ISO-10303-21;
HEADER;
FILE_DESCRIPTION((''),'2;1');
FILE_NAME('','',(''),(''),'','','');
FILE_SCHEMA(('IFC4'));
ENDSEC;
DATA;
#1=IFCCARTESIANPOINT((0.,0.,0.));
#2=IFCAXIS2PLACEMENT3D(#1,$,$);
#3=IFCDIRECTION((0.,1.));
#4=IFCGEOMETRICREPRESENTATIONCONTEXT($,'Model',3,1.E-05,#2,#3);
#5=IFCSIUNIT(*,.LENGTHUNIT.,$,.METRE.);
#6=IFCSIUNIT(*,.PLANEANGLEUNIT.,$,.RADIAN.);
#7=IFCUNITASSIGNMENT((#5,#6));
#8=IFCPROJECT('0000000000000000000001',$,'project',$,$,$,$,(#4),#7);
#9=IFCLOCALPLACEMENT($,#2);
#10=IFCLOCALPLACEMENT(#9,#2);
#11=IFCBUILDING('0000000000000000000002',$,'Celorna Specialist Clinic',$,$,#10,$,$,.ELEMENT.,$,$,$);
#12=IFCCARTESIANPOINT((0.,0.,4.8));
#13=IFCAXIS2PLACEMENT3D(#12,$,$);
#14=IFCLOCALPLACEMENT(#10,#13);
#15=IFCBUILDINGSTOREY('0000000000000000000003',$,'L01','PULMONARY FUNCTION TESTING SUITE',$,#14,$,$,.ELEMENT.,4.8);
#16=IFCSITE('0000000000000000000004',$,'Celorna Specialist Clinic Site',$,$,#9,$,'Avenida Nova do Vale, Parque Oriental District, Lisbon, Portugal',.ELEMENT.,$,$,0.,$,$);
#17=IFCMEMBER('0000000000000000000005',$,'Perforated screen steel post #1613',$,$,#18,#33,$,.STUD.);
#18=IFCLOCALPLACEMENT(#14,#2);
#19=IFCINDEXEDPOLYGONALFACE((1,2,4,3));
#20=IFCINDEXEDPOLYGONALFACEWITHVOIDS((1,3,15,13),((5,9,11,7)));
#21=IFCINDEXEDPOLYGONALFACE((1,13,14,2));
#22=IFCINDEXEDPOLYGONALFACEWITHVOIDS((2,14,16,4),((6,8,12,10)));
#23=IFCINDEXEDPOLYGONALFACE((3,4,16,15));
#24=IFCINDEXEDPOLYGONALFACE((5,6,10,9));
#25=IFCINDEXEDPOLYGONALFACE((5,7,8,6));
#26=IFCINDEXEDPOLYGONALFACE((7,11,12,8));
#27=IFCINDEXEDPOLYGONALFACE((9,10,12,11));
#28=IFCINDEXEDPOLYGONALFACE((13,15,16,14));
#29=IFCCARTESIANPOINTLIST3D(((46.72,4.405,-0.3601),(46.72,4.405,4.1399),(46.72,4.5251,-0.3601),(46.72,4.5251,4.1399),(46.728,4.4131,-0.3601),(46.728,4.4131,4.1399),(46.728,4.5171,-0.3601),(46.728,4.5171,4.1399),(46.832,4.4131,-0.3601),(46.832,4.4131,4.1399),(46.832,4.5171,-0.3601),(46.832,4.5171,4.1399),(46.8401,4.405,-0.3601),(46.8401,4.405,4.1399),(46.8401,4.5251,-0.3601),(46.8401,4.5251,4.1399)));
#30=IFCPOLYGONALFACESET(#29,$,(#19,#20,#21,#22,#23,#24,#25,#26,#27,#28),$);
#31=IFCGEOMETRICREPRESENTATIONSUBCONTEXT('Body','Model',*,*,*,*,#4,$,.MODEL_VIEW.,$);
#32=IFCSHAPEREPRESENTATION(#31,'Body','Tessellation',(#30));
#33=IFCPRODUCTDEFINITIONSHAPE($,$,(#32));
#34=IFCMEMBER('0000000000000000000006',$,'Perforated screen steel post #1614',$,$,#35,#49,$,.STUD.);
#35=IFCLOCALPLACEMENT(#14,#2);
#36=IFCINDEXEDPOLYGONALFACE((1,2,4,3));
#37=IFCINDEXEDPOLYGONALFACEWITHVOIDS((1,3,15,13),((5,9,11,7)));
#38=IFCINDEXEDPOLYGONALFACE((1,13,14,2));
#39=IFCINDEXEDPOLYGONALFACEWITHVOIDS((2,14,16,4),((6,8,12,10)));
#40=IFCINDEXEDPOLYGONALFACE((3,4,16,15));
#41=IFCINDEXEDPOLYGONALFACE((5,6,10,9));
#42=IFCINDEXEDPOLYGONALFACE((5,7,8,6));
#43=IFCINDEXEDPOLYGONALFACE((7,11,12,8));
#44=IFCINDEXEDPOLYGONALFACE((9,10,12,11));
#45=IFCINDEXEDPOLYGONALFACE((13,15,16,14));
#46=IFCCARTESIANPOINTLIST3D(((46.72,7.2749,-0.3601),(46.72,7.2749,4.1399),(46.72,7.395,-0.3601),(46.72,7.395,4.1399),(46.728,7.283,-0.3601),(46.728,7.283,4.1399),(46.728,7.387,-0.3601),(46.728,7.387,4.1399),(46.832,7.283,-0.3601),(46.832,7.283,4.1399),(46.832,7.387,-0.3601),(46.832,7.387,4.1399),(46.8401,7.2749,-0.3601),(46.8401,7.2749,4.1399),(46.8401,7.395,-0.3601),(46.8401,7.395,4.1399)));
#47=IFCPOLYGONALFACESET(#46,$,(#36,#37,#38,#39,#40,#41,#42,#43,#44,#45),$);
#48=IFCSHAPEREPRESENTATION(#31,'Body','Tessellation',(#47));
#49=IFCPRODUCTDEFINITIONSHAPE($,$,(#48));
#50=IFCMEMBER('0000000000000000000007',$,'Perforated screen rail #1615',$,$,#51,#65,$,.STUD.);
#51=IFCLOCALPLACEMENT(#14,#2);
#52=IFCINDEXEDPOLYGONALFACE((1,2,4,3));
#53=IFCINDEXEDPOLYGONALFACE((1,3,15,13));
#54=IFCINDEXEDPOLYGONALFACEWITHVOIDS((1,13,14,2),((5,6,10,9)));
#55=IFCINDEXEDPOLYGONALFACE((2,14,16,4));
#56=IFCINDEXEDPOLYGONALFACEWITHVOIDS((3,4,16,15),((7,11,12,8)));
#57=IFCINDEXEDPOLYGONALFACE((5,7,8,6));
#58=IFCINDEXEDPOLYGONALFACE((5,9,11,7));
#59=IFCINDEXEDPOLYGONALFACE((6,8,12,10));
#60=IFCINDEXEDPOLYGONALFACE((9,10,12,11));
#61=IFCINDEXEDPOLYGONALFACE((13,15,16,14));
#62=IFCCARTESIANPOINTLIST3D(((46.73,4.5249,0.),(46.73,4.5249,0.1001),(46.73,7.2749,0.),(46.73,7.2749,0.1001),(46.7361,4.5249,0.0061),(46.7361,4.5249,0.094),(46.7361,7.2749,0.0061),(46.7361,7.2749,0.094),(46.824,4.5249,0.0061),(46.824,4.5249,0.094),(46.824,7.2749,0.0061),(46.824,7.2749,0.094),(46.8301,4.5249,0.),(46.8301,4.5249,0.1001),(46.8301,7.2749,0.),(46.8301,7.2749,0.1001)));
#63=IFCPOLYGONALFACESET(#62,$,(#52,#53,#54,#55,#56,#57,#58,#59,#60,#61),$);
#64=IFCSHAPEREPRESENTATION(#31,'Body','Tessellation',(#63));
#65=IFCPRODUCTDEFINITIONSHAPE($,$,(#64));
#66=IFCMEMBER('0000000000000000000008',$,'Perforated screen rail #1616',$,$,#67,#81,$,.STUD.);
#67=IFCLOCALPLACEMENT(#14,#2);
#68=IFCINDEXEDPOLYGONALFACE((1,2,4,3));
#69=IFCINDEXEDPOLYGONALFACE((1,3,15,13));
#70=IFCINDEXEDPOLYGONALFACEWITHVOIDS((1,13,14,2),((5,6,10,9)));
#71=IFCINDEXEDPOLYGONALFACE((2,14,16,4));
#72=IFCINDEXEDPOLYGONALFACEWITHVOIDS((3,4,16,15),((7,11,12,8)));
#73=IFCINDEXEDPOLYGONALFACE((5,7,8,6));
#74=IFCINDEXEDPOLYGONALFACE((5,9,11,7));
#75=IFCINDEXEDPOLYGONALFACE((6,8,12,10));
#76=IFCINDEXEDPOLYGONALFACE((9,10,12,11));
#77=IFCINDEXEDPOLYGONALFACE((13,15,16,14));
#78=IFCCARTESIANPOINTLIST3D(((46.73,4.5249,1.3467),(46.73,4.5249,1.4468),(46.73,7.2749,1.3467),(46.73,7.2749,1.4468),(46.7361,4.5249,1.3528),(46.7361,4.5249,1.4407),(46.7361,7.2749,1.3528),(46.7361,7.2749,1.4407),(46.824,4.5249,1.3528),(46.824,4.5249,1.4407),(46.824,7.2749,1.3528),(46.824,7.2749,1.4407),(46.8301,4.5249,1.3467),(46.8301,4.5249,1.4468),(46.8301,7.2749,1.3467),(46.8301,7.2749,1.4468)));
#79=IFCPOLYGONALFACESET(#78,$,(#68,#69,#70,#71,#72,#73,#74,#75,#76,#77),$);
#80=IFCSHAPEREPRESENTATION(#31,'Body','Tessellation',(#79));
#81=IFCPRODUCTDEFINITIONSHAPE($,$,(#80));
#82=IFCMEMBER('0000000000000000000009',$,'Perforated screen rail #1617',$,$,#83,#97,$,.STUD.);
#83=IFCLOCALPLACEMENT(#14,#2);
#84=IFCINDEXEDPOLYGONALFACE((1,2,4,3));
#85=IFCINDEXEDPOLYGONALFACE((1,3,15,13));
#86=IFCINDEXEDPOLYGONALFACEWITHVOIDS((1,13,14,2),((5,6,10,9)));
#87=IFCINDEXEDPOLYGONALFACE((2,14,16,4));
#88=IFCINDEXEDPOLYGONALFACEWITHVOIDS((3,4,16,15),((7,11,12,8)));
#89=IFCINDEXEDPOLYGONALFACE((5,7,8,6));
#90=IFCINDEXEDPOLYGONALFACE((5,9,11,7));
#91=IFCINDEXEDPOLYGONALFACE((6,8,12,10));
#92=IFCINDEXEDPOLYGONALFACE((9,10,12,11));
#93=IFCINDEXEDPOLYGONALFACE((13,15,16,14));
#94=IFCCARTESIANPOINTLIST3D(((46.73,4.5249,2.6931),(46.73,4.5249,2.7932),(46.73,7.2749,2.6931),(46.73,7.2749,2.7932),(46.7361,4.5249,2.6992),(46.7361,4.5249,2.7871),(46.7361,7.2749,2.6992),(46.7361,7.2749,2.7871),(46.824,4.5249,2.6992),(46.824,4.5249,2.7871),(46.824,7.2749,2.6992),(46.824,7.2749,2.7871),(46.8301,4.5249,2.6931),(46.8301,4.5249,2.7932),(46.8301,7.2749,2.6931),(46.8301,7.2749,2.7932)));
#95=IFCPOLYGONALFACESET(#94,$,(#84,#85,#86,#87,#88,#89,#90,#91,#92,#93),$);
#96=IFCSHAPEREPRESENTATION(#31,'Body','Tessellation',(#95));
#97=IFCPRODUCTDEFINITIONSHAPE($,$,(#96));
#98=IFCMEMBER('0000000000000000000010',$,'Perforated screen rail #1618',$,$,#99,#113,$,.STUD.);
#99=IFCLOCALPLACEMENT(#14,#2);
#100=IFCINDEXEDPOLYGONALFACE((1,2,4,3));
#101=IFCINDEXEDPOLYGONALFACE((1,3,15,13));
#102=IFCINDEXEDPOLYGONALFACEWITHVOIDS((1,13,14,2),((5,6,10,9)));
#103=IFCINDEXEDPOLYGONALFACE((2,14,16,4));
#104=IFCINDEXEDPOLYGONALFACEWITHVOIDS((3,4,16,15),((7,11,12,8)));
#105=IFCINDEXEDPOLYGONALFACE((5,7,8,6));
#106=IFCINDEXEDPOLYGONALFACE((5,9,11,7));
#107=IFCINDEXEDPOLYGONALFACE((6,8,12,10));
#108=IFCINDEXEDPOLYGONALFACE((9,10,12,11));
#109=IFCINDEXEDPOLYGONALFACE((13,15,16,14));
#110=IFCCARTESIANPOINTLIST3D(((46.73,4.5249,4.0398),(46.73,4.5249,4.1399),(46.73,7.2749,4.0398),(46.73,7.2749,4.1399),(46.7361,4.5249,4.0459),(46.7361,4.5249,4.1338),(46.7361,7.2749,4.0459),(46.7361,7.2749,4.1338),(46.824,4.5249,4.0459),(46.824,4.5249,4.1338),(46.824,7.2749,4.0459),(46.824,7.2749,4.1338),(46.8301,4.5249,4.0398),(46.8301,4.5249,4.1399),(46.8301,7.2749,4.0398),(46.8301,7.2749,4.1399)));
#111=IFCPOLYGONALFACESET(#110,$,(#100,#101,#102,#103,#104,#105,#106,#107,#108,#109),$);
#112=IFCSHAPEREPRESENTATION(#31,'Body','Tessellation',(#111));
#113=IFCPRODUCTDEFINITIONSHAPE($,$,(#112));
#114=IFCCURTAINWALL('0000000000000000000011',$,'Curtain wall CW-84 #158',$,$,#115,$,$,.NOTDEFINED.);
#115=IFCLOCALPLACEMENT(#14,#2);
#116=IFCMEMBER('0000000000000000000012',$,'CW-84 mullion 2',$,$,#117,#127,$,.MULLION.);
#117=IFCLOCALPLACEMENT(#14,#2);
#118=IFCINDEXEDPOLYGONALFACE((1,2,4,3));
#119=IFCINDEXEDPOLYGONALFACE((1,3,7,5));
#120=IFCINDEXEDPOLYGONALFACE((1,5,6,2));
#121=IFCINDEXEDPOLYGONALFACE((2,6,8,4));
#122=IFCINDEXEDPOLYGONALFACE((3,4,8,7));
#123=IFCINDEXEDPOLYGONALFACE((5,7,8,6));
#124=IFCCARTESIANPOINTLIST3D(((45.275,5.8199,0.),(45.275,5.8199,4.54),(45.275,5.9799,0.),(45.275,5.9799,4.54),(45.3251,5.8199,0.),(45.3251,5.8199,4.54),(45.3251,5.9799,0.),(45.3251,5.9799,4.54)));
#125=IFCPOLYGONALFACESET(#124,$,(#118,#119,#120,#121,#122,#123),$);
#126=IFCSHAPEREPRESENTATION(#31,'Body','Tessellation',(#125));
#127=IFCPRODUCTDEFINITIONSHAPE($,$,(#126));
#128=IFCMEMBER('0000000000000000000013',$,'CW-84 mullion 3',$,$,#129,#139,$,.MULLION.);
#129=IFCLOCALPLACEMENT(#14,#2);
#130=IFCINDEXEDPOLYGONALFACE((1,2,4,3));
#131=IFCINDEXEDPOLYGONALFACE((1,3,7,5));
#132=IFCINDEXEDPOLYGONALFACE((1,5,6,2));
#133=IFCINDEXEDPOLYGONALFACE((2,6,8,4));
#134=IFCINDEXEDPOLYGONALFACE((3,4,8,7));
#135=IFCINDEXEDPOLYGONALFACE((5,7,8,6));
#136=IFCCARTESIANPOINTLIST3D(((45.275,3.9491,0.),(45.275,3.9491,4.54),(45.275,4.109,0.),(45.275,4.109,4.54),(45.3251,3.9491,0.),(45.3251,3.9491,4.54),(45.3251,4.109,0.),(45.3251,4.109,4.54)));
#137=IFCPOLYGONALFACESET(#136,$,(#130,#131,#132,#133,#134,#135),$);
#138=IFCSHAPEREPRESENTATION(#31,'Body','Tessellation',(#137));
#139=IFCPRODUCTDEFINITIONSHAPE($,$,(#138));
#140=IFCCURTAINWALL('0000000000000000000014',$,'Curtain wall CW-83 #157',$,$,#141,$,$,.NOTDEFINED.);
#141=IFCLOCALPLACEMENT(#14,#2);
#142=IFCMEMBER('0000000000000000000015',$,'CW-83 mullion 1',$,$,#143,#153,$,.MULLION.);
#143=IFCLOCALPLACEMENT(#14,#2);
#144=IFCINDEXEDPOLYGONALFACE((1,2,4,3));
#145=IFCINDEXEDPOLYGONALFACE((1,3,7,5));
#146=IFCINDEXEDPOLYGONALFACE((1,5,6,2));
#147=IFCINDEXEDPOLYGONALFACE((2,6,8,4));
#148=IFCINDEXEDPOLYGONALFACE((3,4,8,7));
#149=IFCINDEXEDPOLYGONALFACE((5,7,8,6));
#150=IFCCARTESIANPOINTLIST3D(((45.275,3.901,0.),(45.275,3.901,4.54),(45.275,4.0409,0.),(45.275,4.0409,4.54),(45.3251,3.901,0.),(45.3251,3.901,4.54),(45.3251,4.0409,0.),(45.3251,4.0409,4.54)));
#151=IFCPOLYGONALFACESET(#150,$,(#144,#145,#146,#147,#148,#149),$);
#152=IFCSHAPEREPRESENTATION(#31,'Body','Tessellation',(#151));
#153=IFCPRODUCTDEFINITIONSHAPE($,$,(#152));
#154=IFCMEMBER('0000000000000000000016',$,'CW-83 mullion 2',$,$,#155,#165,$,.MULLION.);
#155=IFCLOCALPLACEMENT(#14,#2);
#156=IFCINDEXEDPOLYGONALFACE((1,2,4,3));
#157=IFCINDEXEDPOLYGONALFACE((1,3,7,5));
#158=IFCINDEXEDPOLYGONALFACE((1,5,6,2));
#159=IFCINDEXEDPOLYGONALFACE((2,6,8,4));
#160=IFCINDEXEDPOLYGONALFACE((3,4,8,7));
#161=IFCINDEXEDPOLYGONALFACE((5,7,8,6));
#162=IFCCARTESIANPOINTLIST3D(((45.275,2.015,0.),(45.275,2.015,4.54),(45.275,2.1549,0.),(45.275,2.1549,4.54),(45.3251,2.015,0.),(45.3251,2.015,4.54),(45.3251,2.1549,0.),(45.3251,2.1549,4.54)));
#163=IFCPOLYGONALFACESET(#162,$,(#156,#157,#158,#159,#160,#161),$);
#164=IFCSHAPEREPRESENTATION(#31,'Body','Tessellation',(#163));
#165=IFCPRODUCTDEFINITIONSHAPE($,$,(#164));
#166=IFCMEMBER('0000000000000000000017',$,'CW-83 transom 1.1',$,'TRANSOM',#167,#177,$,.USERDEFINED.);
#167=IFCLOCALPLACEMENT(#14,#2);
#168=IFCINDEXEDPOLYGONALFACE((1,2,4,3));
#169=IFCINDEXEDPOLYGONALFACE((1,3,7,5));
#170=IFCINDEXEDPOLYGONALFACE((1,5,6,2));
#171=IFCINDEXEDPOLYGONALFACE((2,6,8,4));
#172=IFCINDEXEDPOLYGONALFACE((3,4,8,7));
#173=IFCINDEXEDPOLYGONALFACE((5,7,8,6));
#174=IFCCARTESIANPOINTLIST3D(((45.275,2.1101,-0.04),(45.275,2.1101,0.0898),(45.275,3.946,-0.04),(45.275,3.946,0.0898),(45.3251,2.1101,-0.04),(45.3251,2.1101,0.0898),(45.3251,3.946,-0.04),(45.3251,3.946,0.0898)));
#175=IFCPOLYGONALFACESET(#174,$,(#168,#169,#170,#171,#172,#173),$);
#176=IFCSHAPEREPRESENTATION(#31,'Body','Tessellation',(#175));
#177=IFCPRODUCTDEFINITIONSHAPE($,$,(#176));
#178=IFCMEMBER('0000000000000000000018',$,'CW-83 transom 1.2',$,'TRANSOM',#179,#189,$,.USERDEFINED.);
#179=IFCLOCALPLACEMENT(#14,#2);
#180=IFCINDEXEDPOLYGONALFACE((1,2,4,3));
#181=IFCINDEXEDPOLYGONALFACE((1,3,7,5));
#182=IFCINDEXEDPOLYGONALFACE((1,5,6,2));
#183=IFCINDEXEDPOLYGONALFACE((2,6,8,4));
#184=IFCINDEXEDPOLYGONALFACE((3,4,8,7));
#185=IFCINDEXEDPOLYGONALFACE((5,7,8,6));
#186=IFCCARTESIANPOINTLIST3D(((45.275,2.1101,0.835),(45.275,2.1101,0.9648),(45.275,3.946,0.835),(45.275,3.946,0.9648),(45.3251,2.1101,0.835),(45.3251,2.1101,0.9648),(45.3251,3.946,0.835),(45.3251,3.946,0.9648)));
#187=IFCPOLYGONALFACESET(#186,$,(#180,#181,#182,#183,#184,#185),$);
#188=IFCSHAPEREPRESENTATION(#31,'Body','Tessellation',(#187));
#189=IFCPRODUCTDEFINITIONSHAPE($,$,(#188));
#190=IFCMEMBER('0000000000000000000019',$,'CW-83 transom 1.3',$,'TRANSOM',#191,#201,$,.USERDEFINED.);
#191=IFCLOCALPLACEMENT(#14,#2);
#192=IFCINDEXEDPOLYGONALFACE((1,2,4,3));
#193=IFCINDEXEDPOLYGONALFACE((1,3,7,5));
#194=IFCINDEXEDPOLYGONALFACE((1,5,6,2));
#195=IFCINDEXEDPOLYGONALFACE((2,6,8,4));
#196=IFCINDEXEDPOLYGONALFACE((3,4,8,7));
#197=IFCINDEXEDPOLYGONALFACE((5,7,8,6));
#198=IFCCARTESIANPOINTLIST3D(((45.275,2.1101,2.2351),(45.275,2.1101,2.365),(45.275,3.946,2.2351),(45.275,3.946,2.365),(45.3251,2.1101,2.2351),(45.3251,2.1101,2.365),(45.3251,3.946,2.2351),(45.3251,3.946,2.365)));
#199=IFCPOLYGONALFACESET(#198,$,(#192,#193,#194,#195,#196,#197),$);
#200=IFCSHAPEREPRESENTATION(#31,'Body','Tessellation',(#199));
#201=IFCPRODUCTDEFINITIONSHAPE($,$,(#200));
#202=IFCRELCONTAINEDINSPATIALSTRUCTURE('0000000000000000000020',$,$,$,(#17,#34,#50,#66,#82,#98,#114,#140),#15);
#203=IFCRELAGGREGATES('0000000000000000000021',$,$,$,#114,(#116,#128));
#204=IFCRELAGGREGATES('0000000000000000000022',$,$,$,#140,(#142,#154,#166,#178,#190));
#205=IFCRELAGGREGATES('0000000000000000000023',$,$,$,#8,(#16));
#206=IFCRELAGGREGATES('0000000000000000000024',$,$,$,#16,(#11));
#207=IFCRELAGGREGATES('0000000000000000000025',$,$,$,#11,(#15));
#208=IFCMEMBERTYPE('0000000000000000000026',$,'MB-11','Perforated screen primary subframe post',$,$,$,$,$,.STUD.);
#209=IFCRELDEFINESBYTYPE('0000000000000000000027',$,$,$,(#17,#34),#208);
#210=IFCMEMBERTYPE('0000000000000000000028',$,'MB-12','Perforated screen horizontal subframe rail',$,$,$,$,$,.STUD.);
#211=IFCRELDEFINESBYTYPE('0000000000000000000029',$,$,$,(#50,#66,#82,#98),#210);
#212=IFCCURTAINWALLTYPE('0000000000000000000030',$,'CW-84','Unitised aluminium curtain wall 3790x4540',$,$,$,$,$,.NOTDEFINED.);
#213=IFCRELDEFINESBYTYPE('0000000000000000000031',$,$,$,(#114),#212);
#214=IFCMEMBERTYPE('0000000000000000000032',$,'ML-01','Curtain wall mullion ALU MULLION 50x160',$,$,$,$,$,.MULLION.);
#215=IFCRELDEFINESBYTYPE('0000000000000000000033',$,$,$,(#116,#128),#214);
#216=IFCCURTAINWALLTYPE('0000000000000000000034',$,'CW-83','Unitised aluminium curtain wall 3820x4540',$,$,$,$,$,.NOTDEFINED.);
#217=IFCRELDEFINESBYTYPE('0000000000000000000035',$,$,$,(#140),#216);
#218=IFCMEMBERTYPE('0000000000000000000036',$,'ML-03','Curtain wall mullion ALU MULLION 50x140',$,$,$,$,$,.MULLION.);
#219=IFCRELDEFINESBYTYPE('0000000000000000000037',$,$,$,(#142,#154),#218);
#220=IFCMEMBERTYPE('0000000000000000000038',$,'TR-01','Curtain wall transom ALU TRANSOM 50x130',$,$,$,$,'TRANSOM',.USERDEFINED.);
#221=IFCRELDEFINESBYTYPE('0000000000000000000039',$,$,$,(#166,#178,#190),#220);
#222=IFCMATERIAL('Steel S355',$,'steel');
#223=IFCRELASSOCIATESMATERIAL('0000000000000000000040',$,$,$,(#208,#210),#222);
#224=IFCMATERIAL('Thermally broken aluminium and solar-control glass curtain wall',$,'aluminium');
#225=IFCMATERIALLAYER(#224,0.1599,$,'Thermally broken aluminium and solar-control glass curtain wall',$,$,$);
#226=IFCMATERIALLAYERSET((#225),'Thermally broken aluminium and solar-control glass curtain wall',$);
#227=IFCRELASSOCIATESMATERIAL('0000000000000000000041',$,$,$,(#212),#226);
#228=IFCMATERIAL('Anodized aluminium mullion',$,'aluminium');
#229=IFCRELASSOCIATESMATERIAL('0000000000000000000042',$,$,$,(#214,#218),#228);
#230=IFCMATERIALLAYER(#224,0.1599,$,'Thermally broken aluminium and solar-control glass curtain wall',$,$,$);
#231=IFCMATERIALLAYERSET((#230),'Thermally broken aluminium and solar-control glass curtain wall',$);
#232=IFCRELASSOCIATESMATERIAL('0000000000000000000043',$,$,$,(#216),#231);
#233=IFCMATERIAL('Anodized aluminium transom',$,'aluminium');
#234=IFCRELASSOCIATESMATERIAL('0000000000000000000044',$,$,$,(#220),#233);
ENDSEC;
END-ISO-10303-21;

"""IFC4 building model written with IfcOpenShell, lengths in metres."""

from ifc_helpers import new_model, si_unit, direction, frame, origin, origin_2d, place, context, subcontext, project, spatial, rectangle, hollow_rectangle, extrude, material, layer, layer_set, material_profile, profile_set, type_object, element, aggregate, save


model = new_model("IFC4")

# Units and contexts
model_context = context("Model", 3, precision=1e-05, world=origin(), true_north=direction((0.0, 1.0)))
body_context = subcontext(model_context, "Body", "Model", "MODEL_VIEW")
ifc_project = project(units=[si_unit("LENGTHUNIT", "METRE"), si_unit("PLANEANGLEUNIT", "RADIAN")], contexts=[model_context])

# Site, building, storey
site_placement = place(None, origin())
site = spatial("IfcSite", under=ifc_project, at=site_placement, Name="Celorna Specialist Clinic Site", LongName="Avenida Nova do Vale, Parque Oriental District, Lisbon, Portugal", CompositionType="ELEMENT", RefElevation=0.0)
building_placement = place(site_placement, origin())
building = spatial("IfcBuilding", under=site, at=building_placement, Name="Celorna Specialist Clinic", CompositionType="ELEMENT")
storey_placement = place(building_placement, frame((0.0, 0.0, 4.8)))
storey = spatial("IfcBuildingStorey", under=building, at=storey_placement, Name="L01", Description="PULMONARY FUNCTION TESTING SUITE", CompositionType="ELEMENT", Elevation=4.8)

# Members
ifc_material_1 = material(Name="Steel S355", Category="steel")
ifc_material_profile_1 = material_profile(ifc_material_1, hollow_rectangle(XDim=0.1201, YDim=0.1201, WallThickness=0.0081, at=origin_2d()), Name="SHS 120x120x8")
ifc_profile_set_1 = profile_set([ifc_material_profile_1], Name="Steel S355")
member_type_1 = type_object("IfcMemberType", Name="MB-11", Description="Perforated screen primary subframe post", PredefinedType="STUD", material=ifc_profile_set_1)
for number, where, z_axis, x_axis, name in (
    (1, (46.78, 4.4651, -0.3601), (0.0, 0.0, 1.0), (1.0, 0.0, 0.0), "Perforated screen steel post #1613"),
    (2, (46.78, 7.335, -0.3601), (0.0, 0.0, 1.0), (1.0, 0.0, 0.0), "Perforated screen steel post #1614"),
):
    element("IfcMember", number, at=place(storey_placement, frame(where, z_axis=z_axis, x_axis=x_axis)), inside=storey, type_object=member_type_1, Name=name, PredefinedType="STUD", context=body_context, shape_type="SweptSolid", body=[
        extrude(hollow_rectangle(XDim=0.1201, YDim=0.1201, WallThickness=0.0081, at=origin_2d()), origin(), (0.0, 0.0, 1.0), 4.5),
    ])
ifc_material_profile_2 = material_profile(ifc_material_1, hollow_rectangle(XDim=0.1001, YDim=0.1001, WallThickness=0.0061, at=origin_2d()), Name="SHS 100x100x6")
ifc_profile_set_2 = profile_set([ifc_material_profile_2], Name="Steel S355")
member_type_2 = type_object("IfcMemberType", Name="MB-12", Description="Perforated screen horizontal subframe rail", PredefinedType="STUD", material=ifc_profile_set_2)
for number, where, z_axis, x_axis, name in (
    (3, (46.78, 4.5249, 0.05), (0.0, 1.0, 0.0), (-1.0, 0.0, 0.0), "Perforated screen rail #1615"),
    (4, (46.78, 4.5249, 1.3967), (0.0, 1.0, 0.0), (-1.0, 0.0, 0.0), "Perforated screen rail #1616"),
    (5, (46.78, 4.5249, 2.7432), (0.0, 1.0, 0.0), (-1.0, 0.0, 0.0), "Perforated screen rail #1617"),
    (6, (46.78, 4.5249, 4.0898), (0.0, 1.0, 0.0), (-1.0, 0.0, 0.0), "Perforated screen rail #1618"),
):
    element("IfcMember", number, at=place(storey_placement, frame(where, z_axis=z_axis, x_axis=x_axis)), inside=storey, type_object=member_type_2, Name=name, PredefinedType="STUD", context=body_context, shape_type="SweptSolid", body=[
        extrude(hollow_rectangle(XDim=0.1001, YDim=0.1001, WallThickness=0.0061, at=origin_2d()), origin(), (0.0, 0.0, 1.0), 2.75),
    ])

# Curtain walls, members
ifc_material_2 = material(Name="Thermally broken aluminium and solar-control glass curtain wall", Category="aluminium")
ifc_layer_1 = layer(ifc_material_2, 0.1599, Name="Thermally broken aluminium and solar-control glass curtain wall")
ifc_layer_set_1 = layer_set([ifc_layer_1], Name="Thermally broken aluminium and solar-control glass curtain wall")
curtain_wall_type_1 = type_object("IfcCurtainWallType", Name="CW-84", Description="Unitised aluminium curtain wall 3790x4540", PredefinedType="NOTDEFINED", material=ifc_layer_set_1)
curtain_wall_1_placement = place(storey_placement, origin())
curtain_wall_1 = element("IfcCurtainWall", 7, at=curtain_wall_1_placement, inside=storey, type_object=curtain_wall_type_1, Name="Curtain wall CW-84 #158", PredefinedType="NOTDEFINED")
ifc_material_3 = material(Name="Anodized aluminium mullion", Category="aluminium")
ifc_material_profile_3 = material_profile(ifc_material_3, rectangle(XDim=0.05, YDim=0.1599, at=origin_2d()), Name="ALU MULLION 50x160")
ifc_profile_set_3 = profile_set([ifc_material_profile_3], Name="Anodized aluminium mullion")
member_type_3 = type_object("IfcMemberType", Name="ML-01", Description="Curtain wall mullion ALU MULLION 50x160", PredefinedType="MULLION", material=ifc_profile_set_3)
member_1_placement = place(storey_placement, frame((45.3, 5.8999, 0.0), z_axis=(0.0, 0.0, 1.0), x_axis=(1.0, 0.0, 0.0)))
member_1 = element("IfcMember", 8, at=member_1_placement, type_object=member_type_3, Name="CW-84 mullion 2", PredefinedType="MULLION", context=body_context, shape_type="SweptSolid", body=[
    extrude(rectangle(XDim=0.05, YDim=0.1599, at=origin_2d()), origin(), (0.0, 0.0, 1.0), 4.54),
])
member_2_placement = place(storey_placement, frame((45.3, 4.0291, 0.0), z_axis=(0.0, 0.0, 1.0), x_axis=(1.0, 0.0, 0.0)))
member_2 = element("IfcMember", 9, at=member_2_placement, type_object=member_type_3, Name="CW-84 mullion 3", PredefinedType="MULLION", context=body_context, shape_type="SweptSolid", body=[
    extrude(rectangle(XDim=0.05, YDim=0.1599, at=origin_2d()), origin(), (0.0, 0.0, 1.0), 4.54),
])
ifc_layer_2 = layer(ifc_material_2, 0.1599, Name="Thermally broken aluminium and solar-control glass curtain wall")
ifc_layer_set_2 = layer_set([ifc_layer_2], Name="Thermally broken aluminium and solar-control glass curtain wall")
curtain_wall_type_2 = type_object("IfcCurtainWallType", Name="CW-83", Description="Unitised aluminium curtain wall 3820x4540", PredefinedType="NOTDEFINED", material=ifc_layer_set_2)
curtain_wall_2_placement = place(storey_placement, origin())
curtain_wall_2 = element("IfcCurtainWall", 10, at=curtain_wall_2_placement, inside=storey, type_object=curtain_wall_type_2, Name="Curtain wall CW-83 #157", PredefinedType="NOTDEFINED")
ifc_material_profile_4 = material_profile(ifc_material_3, rectangle(XDim=0.05, YDim=0.1399, at=origin_2d()), Name="ALU MULLION 50x140")
ifc_profile_set_4 = profile_set([ifc_material_profile_4], Name="Anodized aluminium mullion")
member_type_4 = type_object("IfcMemberType", Name="ML-03", Description="Curtain wall mullion ALU MULLION 50x140", PredefinedType="MULLION", material=ifc_profile_set_4)
member_3_placement = place(storey_placement, frame((45.3, 3.9709, 0.0), z_axis=(0.0, 0.0, 1.0), x_axis=(1.0, 0.0, 0.0)))
member_3 = element("IfcMember", 11, at=member_3_placement, type_object=member_type_4, Name="CW-83 mullion 1", PredefinedType="MULLION", context=body_context, shape_type="SweptSolid", body=[
    extrude(rectangle(XDim=0.05, YDim=0.1399, at=origin_2d()), origin(), (0.0, 0.0, 1.0), 4.54),
])
member_4_placement = place(storey_placement, frame((45.3, 2.085, 0.0), z_axis=(0.0, 0.0, 1.0), x_axis=(1.0, 0.0, 0.0)))
member_4 = element("IfcMember", 12, at=member_4_placement, type_object=member_type_4, Name="CW-83 mullion 2", PredefinedType="MULLION", context=body_context, shape_type="SweptSolid", body=[
    extrude(rectangle(XDim=0.05, YDim=0.1399, at=origin_2d()), origin(), (0.0, 0.0, 1.0), 4.54),
])
ifc_material_4 = material(Name="Anodized aluminium transom", Category="aluminium")
ifc_material_profile_5 = material_profile(ifc_material_4, rectangle(XDim=0.05, YDim=0.1299, at=origin_2d()), Name="ALU TRANSOM 50x130")
ifc_profile_set_5 = profile_set([ifc_material_profile_5], Name="Anodized aluminium transom")
member_type_5 = type_object("IfcMemberType", Name="TR-01", Description="Curtain wall transom ALU TRANSOM 50x130", ElementType="TRANSOM", PredefinedType="USERDEFINED", material=ifc_profile_set_5)
member_5_placement = place(storey_placement, frame((45.3, 3.946, 0.0249), z_axis=(0.0, -1.0, 0.0), x_axis=(1.0, 0.0, 0.0)))
member_5 = element("IfcMember", 13, at=member_5_placement, type_object=member_type_5, Name="CW-83 transom 1.1", ObjectType="TRANSOM", PredefinedType="USERDEFINED", context=body_context, shape_type="SweptSolid", body=[
    extrude(rectangle(XDim=0.05, YDim=0.1299, at=origin_2d()), origin(), (0.0, 0.0, 1.0), 1.8359),
])
member_6_placement = place(storey_placement, frame((45.3, 3.946, 0.8999), z_axis=(0.0, -1.0, 0.0), x_axis=(1.0, 0.0, 0.0)))
member_6 = element("IfcMember", 14, at=member_6_placement, type_object=member_type_5, Name="CW-83 transom 1.2", ObjectType="TRANSOM", PredefinedType="USERDEFINED", context=body_context, shape_type="SweptSolid", body=[
    extrude(rectangle(XDim=0.05, YDim=0.1299, at=origin_2d()), origin(), (0.0, 0.0, 1.0), 1.8359),
])
member_7_placement = place(storey_placement, frame((45.3, 3.946, 2.3), z_axis=(0.0, -1.0, 0.0), x_axis=(1.0, 0.0, 0.0)))
member_7 = element("IfcMember", 15, at=member_7_placement, type_object=member_type_5, Name="CW-83 transom 1.3", ObjectType="TRANSOM", PredefinedType="USERDEFINED", context=body_context, shape_type="SweptSolid", body=[
    extrude(rectangle(XDim=0.05, YDim=0.1299, at=origin_2d()), origin(), (0.0, 0.0, 1.0), 1.8359),
])

aggregate(curtain_wall_1, [member_1, member_2])
aggregate(curtain_wall_2, [member_3, member_4, member_5, member_6, member_7])

save(model, "model.ifc")
